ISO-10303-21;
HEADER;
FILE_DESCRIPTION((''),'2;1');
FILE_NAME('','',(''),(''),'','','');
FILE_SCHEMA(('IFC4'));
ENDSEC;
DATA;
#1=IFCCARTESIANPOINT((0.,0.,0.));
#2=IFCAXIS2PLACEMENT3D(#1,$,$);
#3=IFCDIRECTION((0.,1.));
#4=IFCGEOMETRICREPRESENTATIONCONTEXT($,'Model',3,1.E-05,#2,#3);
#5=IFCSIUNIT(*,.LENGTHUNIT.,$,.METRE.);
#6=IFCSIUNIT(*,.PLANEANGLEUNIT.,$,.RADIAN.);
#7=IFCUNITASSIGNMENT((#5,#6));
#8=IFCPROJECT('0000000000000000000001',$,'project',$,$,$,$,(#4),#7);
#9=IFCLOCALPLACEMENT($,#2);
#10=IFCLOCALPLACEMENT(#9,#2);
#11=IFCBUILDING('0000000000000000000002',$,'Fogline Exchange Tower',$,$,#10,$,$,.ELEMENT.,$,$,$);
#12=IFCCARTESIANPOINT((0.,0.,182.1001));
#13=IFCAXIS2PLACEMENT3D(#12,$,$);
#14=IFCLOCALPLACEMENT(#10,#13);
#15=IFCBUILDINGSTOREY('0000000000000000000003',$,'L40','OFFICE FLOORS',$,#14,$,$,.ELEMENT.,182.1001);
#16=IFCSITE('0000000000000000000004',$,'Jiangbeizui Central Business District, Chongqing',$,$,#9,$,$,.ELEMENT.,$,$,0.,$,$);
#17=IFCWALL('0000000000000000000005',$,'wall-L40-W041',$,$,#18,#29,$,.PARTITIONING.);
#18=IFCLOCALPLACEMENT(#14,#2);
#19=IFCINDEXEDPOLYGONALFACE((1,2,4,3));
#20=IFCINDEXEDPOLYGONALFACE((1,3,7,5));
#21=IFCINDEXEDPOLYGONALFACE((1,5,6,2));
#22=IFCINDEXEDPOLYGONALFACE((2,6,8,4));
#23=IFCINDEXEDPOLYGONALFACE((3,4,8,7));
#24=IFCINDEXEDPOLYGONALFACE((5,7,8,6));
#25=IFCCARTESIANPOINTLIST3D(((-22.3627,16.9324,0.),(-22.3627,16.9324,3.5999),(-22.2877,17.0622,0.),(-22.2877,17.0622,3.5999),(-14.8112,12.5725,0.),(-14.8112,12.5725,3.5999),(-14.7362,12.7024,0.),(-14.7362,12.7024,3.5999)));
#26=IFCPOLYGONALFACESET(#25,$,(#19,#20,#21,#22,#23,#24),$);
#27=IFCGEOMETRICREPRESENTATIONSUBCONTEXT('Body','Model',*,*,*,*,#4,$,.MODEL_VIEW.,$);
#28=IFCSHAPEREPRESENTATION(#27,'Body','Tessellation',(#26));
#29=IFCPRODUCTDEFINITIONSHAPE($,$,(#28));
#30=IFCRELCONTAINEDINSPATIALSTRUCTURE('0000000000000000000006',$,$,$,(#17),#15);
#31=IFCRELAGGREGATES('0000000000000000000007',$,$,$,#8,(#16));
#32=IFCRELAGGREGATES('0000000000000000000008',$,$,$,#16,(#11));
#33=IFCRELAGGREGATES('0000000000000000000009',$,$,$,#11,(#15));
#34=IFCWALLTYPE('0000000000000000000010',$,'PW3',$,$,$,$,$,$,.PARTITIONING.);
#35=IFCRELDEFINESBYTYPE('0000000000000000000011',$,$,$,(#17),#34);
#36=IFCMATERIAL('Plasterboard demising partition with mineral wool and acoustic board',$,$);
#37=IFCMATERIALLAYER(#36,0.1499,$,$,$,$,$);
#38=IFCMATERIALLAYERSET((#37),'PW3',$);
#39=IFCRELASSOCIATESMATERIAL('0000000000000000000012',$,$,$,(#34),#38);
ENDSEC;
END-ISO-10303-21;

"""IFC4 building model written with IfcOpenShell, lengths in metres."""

from ifc_helpers import new_model, si_unit, direction, frame, frame_2d, origin, place, context, subcontext, project, spatial, rectangle, extrude, material, layer, layer_set, type_object, element, save


model = new_model("IFC4")

# Units and contexts
model_context = context("Model", 3, precision=1e-05, world=origin(), true_north=direction((0.0, 1.0)))
body_context = subcontext(model_context, "Body", "Model", "MODEL_VIEW")
ifc_project = project(units=[si_unit("LENGTHUNIT", "METRE"), si_unit("PLANEANGLEUNIT", "RADIAN")], contexts=[model_context])

# Site, building, storey
site_placement = place(None, origin())
site = spatial("IfcSite", under=ifc_project, at=site_placement, Name="Jiangbeizui Central Business District, Chongqing", CompositionType="ELEMENT", RefElevation=0.0)
building_placement = place(site_placement, origin())
building = spatial("IfcBuilding", under=site, at=building_placement, Name="Fogline Exchange Tower", CompositionType="ELEMENT")
storey_placement = place(building_placement, frame((0.0, 0.0, 182.1001)))
storey = spatial("IfcBuildingStorey", under=building, at=storey_placement, Name="L40", Description="OFFICE FLOORS", CompositionType="ELEMENT", Elevation=182.1001)

# Wall
ifc_material_1 = material(Name="Plasterboard demising partition with mineral wool and acoustic board")
ifc_layer_1 = layer(ifc_material_1, 0.1499)
ifc_layer_set_1 = layer_set([ifc_layer_1], Name="PW3")
wall_type_1 = type_object("IfcWallType", Name="PW3", PredefinedType="PARTITIONING", material=ifc_layer_set_1)
wall_1_placement = place(storey_placement, frame((-14.7737, 12.6375, 0.0), z_axis=(0.0, 0.0, 1.0), x_axis=(-0.866026, 0.5, 0.0)))
element("IfcWall", 1, at=wall_1_placement, inside=storey, type_object=wall_type_1, Name="wall-L40-W041", PredefinedType="PARTITIONING", context=body_context, shape_type="SweptSolid", body=[
    extrude(rectangle(XDim=8.7197, YDim=0.1499, at=frame_2d((4.3599, 0.0))), origin(), (0.0, 0.0, 1.0), 3.5999),
])

save(model, "model.ifc")
